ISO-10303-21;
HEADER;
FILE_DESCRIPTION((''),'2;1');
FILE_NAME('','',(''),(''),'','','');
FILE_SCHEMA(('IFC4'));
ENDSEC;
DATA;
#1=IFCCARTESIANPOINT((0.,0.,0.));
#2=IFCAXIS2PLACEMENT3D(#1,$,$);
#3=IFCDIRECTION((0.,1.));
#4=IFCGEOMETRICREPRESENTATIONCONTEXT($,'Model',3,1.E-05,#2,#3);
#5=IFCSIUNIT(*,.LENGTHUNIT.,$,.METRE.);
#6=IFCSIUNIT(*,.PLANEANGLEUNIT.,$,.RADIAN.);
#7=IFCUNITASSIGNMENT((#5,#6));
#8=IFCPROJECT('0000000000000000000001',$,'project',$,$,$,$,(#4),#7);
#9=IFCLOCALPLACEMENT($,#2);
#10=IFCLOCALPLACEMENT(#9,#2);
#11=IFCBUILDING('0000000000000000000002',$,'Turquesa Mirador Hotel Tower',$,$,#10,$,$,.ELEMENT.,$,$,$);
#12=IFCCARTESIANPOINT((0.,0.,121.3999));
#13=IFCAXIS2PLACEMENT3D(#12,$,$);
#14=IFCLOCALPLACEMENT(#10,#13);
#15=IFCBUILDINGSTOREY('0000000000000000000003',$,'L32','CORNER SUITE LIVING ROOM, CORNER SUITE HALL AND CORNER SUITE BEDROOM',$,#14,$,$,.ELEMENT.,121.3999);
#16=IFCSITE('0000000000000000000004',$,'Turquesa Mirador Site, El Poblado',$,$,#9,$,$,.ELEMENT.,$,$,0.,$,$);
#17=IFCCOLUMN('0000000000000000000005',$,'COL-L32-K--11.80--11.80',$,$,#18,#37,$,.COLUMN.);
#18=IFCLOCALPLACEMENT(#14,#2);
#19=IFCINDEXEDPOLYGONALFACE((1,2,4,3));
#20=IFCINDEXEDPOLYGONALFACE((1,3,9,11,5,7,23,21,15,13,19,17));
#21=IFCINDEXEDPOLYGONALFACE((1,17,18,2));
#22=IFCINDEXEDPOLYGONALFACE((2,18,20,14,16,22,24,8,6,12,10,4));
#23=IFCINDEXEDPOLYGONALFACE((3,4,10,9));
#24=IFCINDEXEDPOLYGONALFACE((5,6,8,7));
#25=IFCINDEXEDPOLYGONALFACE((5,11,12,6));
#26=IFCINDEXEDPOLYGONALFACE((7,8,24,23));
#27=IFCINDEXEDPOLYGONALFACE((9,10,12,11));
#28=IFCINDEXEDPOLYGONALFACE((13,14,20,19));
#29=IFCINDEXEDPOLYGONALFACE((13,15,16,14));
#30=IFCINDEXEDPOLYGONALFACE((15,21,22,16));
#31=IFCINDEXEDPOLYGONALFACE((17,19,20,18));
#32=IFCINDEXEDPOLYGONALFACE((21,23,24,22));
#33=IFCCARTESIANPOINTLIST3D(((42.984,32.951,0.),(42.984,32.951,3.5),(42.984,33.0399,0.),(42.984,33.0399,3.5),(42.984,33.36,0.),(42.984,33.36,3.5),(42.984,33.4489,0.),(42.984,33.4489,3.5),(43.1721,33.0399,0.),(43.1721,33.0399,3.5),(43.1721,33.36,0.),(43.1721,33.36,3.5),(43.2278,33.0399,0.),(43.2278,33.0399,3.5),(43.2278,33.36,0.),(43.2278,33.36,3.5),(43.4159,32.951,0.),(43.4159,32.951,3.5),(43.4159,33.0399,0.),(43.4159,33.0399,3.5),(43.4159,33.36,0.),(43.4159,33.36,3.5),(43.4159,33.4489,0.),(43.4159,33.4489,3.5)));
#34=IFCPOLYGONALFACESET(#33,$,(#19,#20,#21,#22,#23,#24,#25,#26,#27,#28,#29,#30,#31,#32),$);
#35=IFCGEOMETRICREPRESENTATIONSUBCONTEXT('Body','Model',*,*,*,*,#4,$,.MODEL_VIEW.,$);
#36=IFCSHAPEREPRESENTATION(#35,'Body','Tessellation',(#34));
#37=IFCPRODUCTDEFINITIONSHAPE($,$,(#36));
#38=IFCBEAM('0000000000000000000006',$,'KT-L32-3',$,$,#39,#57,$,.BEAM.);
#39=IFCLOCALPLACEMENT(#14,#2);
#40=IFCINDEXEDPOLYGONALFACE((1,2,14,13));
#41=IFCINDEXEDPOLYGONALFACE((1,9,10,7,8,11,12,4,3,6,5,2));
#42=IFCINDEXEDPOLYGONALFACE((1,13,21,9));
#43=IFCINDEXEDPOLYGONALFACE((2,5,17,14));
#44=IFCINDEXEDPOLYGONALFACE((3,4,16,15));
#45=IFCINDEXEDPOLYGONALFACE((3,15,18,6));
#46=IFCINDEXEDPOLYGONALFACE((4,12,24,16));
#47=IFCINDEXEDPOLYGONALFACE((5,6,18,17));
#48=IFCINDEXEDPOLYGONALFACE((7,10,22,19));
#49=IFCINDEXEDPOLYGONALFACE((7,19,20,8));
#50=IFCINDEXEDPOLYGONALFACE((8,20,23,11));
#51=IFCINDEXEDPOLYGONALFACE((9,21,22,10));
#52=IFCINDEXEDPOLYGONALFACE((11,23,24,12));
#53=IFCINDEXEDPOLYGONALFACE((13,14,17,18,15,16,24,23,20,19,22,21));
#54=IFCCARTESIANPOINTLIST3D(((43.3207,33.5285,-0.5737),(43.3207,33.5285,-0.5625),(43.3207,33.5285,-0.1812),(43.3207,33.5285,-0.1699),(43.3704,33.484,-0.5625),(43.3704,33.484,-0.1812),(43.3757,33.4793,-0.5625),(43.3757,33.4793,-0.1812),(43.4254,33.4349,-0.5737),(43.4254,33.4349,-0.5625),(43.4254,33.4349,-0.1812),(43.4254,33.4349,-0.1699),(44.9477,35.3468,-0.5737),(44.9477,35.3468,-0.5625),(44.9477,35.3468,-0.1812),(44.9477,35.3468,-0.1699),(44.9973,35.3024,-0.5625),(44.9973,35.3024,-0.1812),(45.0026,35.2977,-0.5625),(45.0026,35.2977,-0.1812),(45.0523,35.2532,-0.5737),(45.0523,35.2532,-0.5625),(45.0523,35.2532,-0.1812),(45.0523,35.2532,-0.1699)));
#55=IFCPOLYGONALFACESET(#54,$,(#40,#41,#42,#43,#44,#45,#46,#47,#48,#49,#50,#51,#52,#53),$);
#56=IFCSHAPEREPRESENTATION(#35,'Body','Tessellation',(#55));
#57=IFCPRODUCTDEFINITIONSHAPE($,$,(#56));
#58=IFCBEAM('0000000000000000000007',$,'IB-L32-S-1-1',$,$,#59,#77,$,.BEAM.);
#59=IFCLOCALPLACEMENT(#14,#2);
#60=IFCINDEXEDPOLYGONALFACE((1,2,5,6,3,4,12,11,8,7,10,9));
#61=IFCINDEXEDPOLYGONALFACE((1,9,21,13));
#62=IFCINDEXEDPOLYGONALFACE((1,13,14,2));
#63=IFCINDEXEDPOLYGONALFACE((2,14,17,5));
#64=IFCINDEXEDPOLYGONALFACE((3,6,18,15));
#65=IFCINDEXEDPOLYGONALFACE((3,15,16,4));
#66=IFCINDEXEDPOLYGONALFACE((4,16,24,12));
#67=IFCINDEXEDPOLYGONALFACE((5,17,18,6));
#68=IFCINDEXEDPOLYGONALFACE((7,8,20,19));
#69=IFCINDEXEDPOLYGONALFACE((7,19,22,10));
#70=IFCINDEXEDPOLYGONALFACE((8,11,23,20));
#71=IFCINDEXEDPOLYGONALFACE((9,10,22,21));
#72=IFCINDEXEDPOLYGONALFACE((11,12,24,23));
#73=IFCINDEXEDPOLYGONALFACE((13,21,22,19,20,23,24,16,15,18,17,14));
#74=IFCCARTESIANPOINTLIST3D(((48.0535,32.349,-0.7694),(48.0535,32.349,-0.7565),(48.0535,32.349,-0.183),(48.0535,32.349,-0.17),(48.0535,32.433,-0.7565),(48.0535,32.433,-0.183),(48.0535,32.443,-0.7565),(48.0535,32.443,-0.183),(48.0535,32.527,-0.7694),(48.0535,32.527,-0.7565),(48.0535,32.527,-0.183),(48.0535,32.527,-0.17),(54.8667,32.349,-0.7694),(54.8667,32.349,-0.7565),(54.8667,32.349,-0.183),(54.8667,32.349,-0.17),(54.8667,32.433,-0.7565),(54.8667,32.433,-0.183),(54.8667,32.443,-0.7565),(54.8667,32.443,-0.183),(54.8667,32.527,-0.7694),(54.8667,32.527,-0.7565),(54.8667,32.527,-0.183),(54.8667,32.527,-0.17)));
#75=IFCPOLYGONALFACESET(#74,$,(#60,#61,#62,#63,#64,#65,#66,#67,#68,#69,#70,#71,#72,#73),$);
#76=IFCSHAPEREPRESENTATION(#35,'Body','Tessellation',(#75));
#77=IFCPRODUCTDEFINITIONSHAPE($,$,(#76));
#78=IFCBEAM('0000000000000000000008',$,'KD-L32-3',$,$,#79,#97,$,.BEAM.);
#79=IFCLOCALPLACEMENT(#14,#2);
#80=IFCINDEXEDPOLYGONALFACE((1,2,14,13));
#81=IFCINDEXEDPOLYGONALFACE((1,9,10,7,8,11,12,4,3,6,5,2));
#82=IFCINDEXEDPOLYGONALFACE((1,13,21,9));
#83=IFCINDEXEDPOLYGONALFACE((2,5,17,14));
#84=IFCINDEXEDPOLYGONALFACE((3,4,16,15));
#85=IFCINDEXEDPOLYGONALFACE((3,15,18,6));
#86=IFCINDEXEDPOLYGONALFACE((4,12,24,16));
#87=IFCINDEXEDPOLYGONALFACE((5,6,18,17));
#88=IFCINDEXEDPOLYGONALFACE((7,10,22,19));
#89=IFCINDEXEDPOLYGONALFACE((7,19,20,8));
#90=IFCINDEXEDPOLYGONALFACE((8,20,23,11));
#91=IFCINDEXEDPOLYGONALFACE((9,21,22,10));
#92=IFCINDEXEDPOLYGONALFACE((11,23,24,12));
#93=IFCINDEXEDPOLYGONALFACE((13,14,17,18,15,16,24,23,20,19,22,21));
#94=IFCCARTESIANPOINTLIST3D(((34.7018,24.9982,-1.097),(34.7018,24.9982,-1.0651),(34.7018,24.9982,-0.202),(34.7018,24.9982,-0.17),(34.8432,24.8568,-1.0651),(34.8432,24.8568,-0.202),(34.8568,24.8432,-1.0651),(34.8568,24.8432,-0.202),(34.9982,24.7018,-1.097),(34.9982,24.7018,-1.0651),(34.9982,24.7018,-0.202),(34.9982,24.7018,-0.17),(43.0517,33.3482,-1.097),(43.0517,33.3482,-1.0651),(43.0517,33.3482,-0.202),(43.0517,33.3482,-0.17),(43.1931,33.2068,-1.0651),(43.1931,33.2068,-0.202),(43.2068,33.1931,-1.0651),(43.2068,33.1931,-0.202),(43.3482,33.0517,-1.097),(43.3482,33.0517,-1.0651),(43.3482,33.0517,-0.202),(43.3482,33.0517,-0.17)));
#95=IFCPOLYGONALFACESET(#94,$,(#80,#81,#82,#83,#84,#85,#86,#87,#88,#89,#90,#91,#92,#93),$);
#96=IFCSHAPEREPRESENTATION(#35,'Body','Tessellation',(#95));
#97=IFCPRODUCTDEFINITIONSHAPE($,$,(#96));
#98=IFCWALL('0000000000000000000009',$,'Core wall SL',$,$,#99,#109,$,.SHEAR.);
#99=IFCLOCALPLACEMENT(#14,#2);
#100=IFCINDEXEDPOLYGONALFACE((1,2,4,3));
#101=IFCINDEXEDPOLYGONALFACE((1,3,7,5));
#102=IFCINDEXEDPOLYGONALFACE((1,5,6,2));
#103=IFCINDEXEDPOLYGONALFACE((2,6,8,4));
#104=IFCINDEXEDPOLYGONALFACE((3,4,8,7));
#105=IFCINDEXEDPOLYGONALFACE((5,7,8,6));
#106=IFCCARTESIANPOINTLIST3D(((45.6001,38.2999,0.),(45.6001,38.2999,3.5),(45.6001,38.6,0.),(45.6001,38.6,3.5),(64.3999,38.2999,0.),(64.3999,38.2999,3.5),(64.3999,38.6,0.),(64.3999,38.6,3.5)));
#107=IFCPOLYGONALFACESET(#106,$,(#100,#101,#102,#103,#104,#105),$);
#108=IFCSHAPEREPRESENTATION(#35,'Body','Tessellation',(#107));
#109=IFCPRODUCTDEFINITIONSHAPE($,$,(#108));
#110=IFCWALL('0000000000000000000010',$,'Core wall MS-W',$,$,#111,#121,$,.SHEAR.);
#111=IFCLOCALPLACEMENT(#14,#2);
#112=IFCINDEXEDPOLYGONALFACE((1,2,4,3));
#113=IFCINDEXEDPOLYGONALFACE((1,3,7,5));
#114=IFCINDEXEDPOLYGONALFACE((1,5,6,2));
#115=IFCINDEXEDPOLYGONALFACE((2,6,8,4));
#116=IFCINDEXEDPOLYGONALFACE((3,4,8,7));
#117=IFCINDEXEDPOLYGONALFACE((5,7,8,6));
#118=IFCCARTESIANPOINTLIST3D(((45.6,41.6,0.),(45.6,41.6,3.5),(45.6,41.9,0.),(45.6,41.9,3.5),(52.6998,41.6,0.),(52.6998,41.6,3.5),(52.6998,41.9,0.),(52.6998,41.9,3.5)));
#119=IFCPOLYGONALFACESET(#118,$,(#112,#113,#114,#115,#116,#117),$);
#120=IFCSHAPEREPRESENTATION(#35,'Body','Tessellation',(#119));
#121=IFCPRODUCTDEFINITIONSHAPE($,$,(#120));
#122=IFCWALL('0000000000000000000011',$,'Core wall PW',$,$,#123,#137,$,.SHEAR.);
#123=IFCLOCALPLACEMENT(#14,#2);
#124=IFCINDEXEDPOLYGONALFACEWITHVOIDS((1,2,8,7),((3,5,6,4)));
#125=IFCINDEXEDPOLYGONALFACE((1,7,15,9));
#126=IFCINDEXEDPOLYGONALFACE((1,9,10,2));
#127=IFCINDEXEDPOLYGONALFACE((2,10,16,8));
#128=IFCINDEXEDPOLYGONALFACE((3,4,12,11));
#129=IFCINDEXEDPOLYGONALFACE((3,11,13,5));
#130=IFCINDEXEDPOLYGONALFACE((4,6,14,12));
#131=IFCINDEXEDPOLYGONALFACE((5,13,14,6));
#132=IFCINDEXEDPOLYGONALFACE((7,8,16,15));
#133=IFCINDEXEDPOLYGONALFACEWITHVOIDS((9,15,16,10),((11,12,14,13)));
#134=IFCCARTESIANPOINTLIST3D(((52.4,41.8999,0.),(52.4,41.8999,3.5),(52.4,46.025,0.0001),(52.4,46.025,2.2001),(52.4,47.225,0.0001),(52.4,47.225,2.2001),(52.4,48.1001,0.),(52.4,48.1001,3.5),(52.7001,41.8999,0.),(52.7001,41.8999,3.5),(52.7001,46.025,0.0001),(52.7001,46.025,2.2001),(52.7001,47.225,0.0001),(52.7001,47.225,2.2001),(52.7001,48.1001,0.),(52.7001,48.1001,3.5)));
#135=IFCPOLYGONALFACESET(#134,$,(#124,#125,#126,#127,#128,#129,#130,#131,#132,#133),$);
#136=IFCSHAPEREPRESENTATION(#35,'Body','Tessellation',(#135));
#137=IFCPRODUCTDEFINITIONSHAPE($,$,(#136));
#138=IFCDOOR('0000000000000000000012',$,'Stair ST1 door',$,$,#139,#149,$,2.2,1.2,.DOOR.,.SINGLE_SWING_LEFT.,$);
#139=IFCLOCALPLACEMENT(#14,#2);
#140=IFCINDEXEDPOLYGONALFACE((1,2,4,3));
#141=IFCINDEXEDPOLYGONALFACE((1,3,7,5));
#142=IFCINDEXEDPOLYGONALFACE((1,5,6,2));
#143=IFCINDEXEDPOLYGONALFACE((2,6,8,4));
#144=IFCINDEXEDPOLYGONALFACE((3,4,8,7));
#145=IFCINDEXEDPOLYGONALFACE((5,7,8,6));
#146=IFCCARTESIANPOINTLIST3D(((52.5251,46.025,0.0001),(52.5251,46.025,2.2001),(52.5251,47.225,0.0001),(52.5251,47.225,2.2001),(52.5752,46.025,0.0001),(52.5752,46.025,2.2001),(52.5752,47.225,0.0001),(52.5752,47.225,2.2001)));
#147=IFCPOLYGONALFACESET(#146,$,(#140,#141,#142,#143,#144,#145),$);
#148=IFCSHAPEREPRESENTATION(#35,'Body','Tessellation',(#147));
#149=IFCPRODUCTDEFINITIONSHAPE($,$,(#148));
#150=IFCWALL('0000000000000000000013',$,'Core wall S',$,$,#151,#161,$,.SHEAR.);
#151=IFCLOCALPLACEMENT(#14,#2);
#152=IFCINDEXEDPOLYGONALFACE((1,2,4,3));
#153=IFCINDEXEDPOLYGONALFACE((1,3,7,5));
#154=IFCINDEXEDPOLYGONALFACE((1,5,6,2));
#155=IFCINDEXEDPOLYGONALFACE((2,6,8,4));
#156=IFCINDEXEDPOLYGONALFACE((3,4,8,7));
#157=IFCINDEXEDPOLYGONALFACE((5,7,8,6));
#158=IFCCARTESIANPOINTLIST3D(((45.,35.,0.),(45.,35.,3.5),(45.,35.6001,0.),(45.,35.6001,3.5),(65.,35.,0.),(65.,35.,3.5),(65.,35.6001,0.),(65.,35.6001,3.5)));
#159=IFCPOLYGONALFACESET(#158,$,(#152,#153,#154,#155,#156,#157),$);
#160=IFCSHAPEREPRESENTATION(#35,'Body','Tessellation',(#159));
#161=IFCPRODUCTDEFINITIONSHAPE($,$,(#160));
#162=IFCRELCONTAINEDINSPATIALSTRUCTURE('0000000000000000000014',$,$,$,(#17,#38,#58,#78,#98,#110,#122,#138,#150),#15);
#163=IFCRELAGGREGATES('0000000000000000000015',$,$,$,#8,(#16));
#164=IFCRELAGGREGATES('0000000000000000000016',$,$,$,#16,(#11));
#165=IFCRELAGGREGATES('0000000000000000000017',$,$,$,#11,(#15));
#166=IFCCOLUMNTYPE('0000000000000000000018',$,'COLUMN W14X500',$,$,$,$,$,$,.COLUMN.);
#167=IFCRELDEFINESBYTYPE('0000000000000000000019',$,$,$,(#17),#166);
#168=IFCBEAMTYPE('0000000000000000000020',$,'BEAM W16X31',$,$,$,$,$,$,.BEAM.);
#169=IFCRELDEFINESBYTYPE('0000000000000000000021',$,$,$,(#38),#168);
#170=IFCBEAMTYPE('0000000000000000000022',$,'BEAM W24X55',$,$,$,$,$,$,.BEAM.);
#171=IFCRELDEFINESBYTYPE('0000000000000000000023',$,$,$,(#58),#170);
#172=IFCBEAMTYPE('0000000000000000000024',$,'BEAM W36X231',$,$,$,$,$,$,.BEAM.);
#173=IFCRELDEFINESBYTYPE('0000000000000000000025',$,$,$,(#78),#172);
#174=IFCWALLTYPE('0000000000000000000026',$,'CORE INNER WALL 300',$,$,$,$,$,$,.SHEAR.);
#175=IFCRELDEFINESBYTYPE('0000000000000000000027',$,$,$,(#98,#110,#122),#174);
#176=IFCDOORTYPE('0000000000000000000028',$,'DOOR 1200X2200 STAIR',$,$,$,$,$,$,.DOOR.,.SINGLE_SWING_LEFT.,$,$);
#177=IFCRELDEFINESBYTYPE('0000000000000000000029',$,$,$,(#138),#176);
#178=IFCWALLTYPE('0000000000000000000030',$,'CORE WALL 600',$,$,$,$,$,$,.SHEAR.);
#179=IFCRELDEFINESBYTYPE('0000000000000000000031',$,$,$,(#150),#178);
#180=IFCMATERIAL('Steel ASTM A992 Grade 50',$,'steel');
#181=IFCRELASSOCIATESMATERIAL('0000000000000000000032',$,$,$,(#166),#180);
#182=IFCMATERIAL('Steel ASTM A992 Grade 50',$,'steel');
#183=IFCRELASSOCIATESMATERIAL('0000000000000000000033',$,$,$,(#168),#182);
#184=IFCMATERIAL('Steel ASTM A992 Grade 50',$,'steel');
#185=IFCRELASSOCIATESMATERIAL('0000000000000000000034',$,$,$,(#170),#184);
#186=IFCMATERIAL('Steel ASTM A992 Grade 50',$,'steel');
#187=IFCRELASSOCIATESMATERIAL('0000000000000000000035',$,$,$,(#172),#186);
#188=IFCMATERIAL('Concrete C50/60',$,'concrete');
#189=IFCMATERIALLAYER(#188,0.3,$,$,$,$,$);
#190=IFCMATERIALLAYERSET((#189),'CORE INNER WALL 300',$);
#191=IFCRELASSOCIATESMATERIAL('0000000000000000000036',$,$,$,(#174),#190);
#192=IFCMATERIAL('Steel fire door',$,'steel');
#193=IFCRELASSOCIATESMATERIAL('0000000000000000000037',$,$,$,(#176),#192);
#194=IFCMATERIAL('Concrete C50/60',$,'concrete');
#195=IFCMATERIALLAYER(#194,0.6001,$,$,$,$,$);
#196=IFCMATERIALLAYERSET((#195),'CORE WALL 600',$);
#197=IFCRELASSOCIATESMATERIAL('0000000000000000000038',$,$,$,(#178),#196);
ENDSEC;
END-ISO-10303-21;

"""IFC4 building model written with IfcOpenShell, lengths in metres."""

from ifc_helpers import new_model, si_unit, direction, frame, frame_2d, origin, origin_2d, place, context, subcontext, project, spatial, rectangle, i_section, extrude, material, layer, layer_set, material_profile, profile_set, type_object, element, fill, save


model = new_model("IFC4")

# Units and contexts
model_context = context("Model", 3, precision=1e-05, world=origin(), true_north=direction((0.0, 1.0)))
body_context = subcontext(model_context, "Body", "Model", "MODEL_VIEW")
ifc_project = project(units=[si_unit("LENGTHUNIT", "METRE"), si_unit("PLANEANGLEUNIT", "RADIAN")], contexts=[model_context])

# Site, building, storey
site_placement = place(None, origin())
site = spatial("IfcSite", under=ifc_project, at=site_placement, Name="Turquesa Mirador Site, El Poblado", CompositionType="ELEMENT", RefElevation=0.0)
building_placement = place(site_placement, origin())
building = spatial("IfcBuilding", under=site, at=building_placement, Name="Turquesa Mirador Hotel Tower", CompositionType="ELEMENT")
storey_placement = place(building_placement, frame((0.0, 0.0, 121.3999)))
storey = spatial("IfcBuildingStorey", under=building, at=storey_placement, Name="L32", Description="CORNER SUITE LIVING ROOM, CORNER SUITE HALL AND CORNER SUITE BEDROOM", CompositionType="ELEMENT", Elevation=121.3999)

# Column
ifc_material_1 = material(Name="Steel ASTM A992 Grade 50", Category="steel")
ifc_material_profile_1 = material_profile(ifc_material_1, i_section(OverallWidth=0.4319, OverallDepth=0.4978, WebThickness=0.0557, FlangeThickness=0.0889, at=origin_2d()), Name="W14X500")
ifc_profile_set_1 = profile_set([ifc_material_profile_1], Name="Steel ASTM A992 Grade 50")
column_type = type_object("IfcColumnType", Name="COLUMN W14X500", PredefinedType="COLUMN", material=ifc_profile_set_1)
column_placement = place(storey_placement, frame((43.2, 33.2, 0.0), z_axis=(0.0, 0.0, 1.0), x_axis=(1.0, 0.0, 0.0)))
element("IfcColumn", 1, at=column_placement, inside=storey, type_object=column_type, Name="COL-L32-K--11.80--11.80", PredefinedType="COLUMN", context=body_context, shape_type="SweptSolid", body=[
    extrude(i_section(OverallWidth=0.4319, OverallDepth=0.4978, WebThickness=0.0557, FlangeThickness=0.0889, at=origin_2d()), origin(), (0.0, 0.0, 1.0), 3.5),
])

# Beams
ifc_material_2 = material(Name="Steel ASTM A992 Grade 50", Category="steel")
ifc_material_profile_2 = material_profile(ifc_material_2, i_section(OverallWidth=0.1404, OverallDepth=0.4038, WebThickness=0.0071, FlangeThickness=0.0112, at=origin_2d()), Name="W16X31")
ifc_profile_set_2 = profile_set([ifc_material_profile_2], Name="Steel ASTM A992 Grade 50")
beam_type_1 = type_object("IfcBeamType", Name="BEAM W16X31", PredefinedType="BEAM", material=ifc_profile_set_2)
beam_1_placement = place(storey_placement, frame((43.373, 33.4817, -0.3718), z_axis=(0.666795, 0.745241, 0.0), x_axis=(-0.745241, 0.666795, 0.0)))
element("IfcBeam", 2, at=beam_1_placement, inside=storey, type_object=beam_type_1, Name="KT-L32-3", PredefinedType="BEAM", context=body_context, shape_type="SweptSolid", body=[
    extrude(i_section(OverallWidth=0.1404, OverallDepth=0.4038, WebThickness=0.0071, FlangeThickness=0.0112, at=origin_2d()), origin(), (0.0, 0.0, 1.0), 2.4399),
])
ifc_material_3 = material(Name="Steel ASTM A992 Grade 50", Category="steel")
ifc_material_profile_3 = material_profile(ifc_material_3, i_section(OverallWidth=0.178, OverallDepth=0.5994, WebThickness=0.01, FlangeThickness=0.0129, at=origin_2d()), Name="W24X55")
ifc_profile_set_3 = profile_set([ifc_material_profile_3], Name="Steel ASTM A992 Grade 50")
beam_type_2 = type_object("IfcBeamType", Name="BEAM W24X55", PredefinedType="BEAM", material=ifc_profile_set_3)
beam_2_placement = place(storey_placement, frame((48.0535, 32.438, -0.4697), z_axis=(1.0, 0.0, 0.0), x_axis=(0.0, 1.0, 0.0)))
element("IfcBeam", 3, at=beam_2_placement, inside=storey, type_object=beam_type_2, Name="IB-L32-S-1-1", PredefinedType="BEAM", context=body_context, shape_type="SweptSolid", body=[
    extrude(i_section(OverallWidth=0.178, OverallDepth=0.5994, WebThickness=0.01, FlangeThickness=0.0129, at=origin_2d()), origin(), (0.0, 0.0, 1.0), 6.8132),
])
ifc_material_4 = material(Name="Steel ASTM A992 Grade 50", Category="steel")
ifc_material_profile_4 = material_profile(ifc_material_4, i_section(OverallWidth=0.4192, OverallDepth=0.927, WebThickness=0.0193, FlangeThickness=0.032, at=origin_2d()), Name="W36X231")
ifc_profile_set_4 = profile_set([ifc_material_profile_4], Name="Steel ASTM A992 Grade 50")
beam_type_3 = type_object("IfcBeamType", Name="BEAM W36X231", PredefinedType="BEAM", material=ifc_profile_set_4)
beam_3_placement = place(storey_placement, frame((43.2, 33.2, -0.6335), z_axis=(-0.707107, -0.707107, 0.0), x_axis=(0.707107, -0.707107, 0.0)))
element("IfcBeam", 4, at=beam_3_placement, inside=storey, type_object=beam_type_3, Name="KD-L32-3", PredefinedType="BEAM", context=body_context, shape_type="SweptSolid", body=[
    extrude(i_section(OverallWidth=0.4192, OverallDepth=0.927, WebThickness=0.0193, FlangeThickness=0.032, at=origin_2d()), origin(), (0.0, 0.0, 1.0), 11.8086),
])

# Walls
ifc_material_5 = material(Name="Concrete C50/60", Category="concrete")
ifc_layer_1 = layer(ifc_material_5, 0.3)
ifc_layer_set_1 = layer_set([ifc_layer_1], Name="CORE INNER WALL 300")
wall_type_1 = type_object("IfcWallType", Name="CORE INNER WALL 300", PredefinedType="SHEAR", material=ifc_layer_set_1)
wall_1_placement = place(storey_placement, frame((45.6001, 38.45, 0.0), z_axis=(0.0, 0.0, 1.0), x_axis=(1.0, 0.0, 0.0)))
element("IfcWall", 5, at=wall_1_placement, inside=storey, type_object=wall_type_1, Name="Core wall SL", PredefinedType="SHEAR", context=body_context, shape_type="SweptSolid", body=[
    extrude(rectangle(XDim=18.7998, YDim=0.3, at=frame_2d((9.3999, 0.0))), origin(), (0.0, 0.0, 1.0), 3.5),
])
wall_2_placement = place(storey_placement, frame((45.6001, 41.75, 0.0), z_axis=(0.0, 0.0, 1.0), x_axis=(1.0, 0.0, 0.0)))
element("IfcWall", 6, at=wall_2_placement, inside=storey, type_object=wall_type_1, Name="Core wall MS-W", PredefinedType="SHEAR", context=body_context, shape_type="SweptSolid", body=[
    extrude(rectangle(XDim=7.0999, YDim=0.3, at=frame_2d((3.5498, 0.0))), origin(), (0.0, 0.0, 1.0), 3.5),
])

# Wall, opening, door
wall_3_placement = place(storey_placement, frame((52.55, 41.8999, 0.0), z_axis=(0.0, 0.0, 1.0), x_axis=(0.0, 1.0, 0.0)))
wall_3 = element("IfcWall", 7, at=wall_3_placement, inside=storey, type_object=wall_type_1, Name="Core wall PW", PredefinedType="SHEAR", context=body_context, shape_type="SweptSolid", body=[
    extrude(rectangle(XDim=6.2002, YDim=0.3, at=frame_2d((3.1001, 0.0))), origin(), (0.0, 0.0, 1.0), 3.5),
])
opening_1_placement = place(wall_3_placement, frame((4.125, 0.0, 0.0)))
opening_1 = element("IfcOpeningElement", 8, at=opening_1_placement, cuts=wall_3, PredefinedType="OPENING", context=body_context, shape_type="SweptSolid", body=[
    extrude(rectangle(XDim=1.2, YDim=2.2, at=frame_2d((0.6001, 1.1001))), frame((0.0, 0.1599, 0.0), z_axis=(0.0, -1.0, 0.0), x_axis=(1.0, 0.0, 0.0)), (0.0, 0.0, 1.0), 0.3201),
])
ifc_material_6 = material(Name="Steel fire door", Category="steel")
door_type_1 = type_object("IfcDoorType", Name="DOOR 1200X2200 STAIR", OperationType="SINGLE_SWING_LEFT", PredefinedType="DOOR", material=ifc_material_6)
door_1_placement = place(opening_1_placement, origin())
door_1 = element("IfcDoor", 9, at=door_1_placement, inside=storey, type_object=door_type_1, Name="Stair ST1 door", OperationType="SINGLE_SWING_LEFT", OverallHeight=2.2, OverallWidth=1.2, PredefinedType="DOOR", context=body_context, shape_type="SweptSolid", body=[
    extrude(rectangle(XDim=1.2, YDim=2.2, at=frame_2d((0.6001, 1.1001))), frame((0.0, 0.0249, 0.0), z_axis=(0.0, -1.0, 0.0), x_axis=(1.0, 0.0, 0.0)), (0.0, 0.0, 1.0), 0.05),
])
fill(opening_1, door_1)

# Wall
ifc_material_7 = material(Name="Concrete C50/60", Category="concrete")
ifc_layer_2 = layer(ifc_material_7, 0.6001)
ifc_layer_set_2 = layer_set([ifc_layer_2], Name="CORE WALL 600")
wall_type_2 = type_object("IfcWallType", Name="CORE WALL 600", PredefinedType="SHEAR", material=ifc_layer_set_2)
wall_4_placement = place(storey_placement, frame((45.0, 35.3, 0.0), z_axis=(0.0, 0.0, 1.0), x_axis=(1.0, 0.0, 0.0)))
element("IfcWall", 10, at=wall_4_placement, inside=storey, type_object=wall_type_2, Name="Core wall S", PredefinedType="SHEAR", context=body_context, shape_type="SweptSolid", body=[
    extrude(rectangle(XDim=20.0, YDim=0.6001, at=frame_2d((10.0, 0.0))), origin(), (0.0, 0.0, 1.0), 3.5),
])

save(model, "model.ifc")
